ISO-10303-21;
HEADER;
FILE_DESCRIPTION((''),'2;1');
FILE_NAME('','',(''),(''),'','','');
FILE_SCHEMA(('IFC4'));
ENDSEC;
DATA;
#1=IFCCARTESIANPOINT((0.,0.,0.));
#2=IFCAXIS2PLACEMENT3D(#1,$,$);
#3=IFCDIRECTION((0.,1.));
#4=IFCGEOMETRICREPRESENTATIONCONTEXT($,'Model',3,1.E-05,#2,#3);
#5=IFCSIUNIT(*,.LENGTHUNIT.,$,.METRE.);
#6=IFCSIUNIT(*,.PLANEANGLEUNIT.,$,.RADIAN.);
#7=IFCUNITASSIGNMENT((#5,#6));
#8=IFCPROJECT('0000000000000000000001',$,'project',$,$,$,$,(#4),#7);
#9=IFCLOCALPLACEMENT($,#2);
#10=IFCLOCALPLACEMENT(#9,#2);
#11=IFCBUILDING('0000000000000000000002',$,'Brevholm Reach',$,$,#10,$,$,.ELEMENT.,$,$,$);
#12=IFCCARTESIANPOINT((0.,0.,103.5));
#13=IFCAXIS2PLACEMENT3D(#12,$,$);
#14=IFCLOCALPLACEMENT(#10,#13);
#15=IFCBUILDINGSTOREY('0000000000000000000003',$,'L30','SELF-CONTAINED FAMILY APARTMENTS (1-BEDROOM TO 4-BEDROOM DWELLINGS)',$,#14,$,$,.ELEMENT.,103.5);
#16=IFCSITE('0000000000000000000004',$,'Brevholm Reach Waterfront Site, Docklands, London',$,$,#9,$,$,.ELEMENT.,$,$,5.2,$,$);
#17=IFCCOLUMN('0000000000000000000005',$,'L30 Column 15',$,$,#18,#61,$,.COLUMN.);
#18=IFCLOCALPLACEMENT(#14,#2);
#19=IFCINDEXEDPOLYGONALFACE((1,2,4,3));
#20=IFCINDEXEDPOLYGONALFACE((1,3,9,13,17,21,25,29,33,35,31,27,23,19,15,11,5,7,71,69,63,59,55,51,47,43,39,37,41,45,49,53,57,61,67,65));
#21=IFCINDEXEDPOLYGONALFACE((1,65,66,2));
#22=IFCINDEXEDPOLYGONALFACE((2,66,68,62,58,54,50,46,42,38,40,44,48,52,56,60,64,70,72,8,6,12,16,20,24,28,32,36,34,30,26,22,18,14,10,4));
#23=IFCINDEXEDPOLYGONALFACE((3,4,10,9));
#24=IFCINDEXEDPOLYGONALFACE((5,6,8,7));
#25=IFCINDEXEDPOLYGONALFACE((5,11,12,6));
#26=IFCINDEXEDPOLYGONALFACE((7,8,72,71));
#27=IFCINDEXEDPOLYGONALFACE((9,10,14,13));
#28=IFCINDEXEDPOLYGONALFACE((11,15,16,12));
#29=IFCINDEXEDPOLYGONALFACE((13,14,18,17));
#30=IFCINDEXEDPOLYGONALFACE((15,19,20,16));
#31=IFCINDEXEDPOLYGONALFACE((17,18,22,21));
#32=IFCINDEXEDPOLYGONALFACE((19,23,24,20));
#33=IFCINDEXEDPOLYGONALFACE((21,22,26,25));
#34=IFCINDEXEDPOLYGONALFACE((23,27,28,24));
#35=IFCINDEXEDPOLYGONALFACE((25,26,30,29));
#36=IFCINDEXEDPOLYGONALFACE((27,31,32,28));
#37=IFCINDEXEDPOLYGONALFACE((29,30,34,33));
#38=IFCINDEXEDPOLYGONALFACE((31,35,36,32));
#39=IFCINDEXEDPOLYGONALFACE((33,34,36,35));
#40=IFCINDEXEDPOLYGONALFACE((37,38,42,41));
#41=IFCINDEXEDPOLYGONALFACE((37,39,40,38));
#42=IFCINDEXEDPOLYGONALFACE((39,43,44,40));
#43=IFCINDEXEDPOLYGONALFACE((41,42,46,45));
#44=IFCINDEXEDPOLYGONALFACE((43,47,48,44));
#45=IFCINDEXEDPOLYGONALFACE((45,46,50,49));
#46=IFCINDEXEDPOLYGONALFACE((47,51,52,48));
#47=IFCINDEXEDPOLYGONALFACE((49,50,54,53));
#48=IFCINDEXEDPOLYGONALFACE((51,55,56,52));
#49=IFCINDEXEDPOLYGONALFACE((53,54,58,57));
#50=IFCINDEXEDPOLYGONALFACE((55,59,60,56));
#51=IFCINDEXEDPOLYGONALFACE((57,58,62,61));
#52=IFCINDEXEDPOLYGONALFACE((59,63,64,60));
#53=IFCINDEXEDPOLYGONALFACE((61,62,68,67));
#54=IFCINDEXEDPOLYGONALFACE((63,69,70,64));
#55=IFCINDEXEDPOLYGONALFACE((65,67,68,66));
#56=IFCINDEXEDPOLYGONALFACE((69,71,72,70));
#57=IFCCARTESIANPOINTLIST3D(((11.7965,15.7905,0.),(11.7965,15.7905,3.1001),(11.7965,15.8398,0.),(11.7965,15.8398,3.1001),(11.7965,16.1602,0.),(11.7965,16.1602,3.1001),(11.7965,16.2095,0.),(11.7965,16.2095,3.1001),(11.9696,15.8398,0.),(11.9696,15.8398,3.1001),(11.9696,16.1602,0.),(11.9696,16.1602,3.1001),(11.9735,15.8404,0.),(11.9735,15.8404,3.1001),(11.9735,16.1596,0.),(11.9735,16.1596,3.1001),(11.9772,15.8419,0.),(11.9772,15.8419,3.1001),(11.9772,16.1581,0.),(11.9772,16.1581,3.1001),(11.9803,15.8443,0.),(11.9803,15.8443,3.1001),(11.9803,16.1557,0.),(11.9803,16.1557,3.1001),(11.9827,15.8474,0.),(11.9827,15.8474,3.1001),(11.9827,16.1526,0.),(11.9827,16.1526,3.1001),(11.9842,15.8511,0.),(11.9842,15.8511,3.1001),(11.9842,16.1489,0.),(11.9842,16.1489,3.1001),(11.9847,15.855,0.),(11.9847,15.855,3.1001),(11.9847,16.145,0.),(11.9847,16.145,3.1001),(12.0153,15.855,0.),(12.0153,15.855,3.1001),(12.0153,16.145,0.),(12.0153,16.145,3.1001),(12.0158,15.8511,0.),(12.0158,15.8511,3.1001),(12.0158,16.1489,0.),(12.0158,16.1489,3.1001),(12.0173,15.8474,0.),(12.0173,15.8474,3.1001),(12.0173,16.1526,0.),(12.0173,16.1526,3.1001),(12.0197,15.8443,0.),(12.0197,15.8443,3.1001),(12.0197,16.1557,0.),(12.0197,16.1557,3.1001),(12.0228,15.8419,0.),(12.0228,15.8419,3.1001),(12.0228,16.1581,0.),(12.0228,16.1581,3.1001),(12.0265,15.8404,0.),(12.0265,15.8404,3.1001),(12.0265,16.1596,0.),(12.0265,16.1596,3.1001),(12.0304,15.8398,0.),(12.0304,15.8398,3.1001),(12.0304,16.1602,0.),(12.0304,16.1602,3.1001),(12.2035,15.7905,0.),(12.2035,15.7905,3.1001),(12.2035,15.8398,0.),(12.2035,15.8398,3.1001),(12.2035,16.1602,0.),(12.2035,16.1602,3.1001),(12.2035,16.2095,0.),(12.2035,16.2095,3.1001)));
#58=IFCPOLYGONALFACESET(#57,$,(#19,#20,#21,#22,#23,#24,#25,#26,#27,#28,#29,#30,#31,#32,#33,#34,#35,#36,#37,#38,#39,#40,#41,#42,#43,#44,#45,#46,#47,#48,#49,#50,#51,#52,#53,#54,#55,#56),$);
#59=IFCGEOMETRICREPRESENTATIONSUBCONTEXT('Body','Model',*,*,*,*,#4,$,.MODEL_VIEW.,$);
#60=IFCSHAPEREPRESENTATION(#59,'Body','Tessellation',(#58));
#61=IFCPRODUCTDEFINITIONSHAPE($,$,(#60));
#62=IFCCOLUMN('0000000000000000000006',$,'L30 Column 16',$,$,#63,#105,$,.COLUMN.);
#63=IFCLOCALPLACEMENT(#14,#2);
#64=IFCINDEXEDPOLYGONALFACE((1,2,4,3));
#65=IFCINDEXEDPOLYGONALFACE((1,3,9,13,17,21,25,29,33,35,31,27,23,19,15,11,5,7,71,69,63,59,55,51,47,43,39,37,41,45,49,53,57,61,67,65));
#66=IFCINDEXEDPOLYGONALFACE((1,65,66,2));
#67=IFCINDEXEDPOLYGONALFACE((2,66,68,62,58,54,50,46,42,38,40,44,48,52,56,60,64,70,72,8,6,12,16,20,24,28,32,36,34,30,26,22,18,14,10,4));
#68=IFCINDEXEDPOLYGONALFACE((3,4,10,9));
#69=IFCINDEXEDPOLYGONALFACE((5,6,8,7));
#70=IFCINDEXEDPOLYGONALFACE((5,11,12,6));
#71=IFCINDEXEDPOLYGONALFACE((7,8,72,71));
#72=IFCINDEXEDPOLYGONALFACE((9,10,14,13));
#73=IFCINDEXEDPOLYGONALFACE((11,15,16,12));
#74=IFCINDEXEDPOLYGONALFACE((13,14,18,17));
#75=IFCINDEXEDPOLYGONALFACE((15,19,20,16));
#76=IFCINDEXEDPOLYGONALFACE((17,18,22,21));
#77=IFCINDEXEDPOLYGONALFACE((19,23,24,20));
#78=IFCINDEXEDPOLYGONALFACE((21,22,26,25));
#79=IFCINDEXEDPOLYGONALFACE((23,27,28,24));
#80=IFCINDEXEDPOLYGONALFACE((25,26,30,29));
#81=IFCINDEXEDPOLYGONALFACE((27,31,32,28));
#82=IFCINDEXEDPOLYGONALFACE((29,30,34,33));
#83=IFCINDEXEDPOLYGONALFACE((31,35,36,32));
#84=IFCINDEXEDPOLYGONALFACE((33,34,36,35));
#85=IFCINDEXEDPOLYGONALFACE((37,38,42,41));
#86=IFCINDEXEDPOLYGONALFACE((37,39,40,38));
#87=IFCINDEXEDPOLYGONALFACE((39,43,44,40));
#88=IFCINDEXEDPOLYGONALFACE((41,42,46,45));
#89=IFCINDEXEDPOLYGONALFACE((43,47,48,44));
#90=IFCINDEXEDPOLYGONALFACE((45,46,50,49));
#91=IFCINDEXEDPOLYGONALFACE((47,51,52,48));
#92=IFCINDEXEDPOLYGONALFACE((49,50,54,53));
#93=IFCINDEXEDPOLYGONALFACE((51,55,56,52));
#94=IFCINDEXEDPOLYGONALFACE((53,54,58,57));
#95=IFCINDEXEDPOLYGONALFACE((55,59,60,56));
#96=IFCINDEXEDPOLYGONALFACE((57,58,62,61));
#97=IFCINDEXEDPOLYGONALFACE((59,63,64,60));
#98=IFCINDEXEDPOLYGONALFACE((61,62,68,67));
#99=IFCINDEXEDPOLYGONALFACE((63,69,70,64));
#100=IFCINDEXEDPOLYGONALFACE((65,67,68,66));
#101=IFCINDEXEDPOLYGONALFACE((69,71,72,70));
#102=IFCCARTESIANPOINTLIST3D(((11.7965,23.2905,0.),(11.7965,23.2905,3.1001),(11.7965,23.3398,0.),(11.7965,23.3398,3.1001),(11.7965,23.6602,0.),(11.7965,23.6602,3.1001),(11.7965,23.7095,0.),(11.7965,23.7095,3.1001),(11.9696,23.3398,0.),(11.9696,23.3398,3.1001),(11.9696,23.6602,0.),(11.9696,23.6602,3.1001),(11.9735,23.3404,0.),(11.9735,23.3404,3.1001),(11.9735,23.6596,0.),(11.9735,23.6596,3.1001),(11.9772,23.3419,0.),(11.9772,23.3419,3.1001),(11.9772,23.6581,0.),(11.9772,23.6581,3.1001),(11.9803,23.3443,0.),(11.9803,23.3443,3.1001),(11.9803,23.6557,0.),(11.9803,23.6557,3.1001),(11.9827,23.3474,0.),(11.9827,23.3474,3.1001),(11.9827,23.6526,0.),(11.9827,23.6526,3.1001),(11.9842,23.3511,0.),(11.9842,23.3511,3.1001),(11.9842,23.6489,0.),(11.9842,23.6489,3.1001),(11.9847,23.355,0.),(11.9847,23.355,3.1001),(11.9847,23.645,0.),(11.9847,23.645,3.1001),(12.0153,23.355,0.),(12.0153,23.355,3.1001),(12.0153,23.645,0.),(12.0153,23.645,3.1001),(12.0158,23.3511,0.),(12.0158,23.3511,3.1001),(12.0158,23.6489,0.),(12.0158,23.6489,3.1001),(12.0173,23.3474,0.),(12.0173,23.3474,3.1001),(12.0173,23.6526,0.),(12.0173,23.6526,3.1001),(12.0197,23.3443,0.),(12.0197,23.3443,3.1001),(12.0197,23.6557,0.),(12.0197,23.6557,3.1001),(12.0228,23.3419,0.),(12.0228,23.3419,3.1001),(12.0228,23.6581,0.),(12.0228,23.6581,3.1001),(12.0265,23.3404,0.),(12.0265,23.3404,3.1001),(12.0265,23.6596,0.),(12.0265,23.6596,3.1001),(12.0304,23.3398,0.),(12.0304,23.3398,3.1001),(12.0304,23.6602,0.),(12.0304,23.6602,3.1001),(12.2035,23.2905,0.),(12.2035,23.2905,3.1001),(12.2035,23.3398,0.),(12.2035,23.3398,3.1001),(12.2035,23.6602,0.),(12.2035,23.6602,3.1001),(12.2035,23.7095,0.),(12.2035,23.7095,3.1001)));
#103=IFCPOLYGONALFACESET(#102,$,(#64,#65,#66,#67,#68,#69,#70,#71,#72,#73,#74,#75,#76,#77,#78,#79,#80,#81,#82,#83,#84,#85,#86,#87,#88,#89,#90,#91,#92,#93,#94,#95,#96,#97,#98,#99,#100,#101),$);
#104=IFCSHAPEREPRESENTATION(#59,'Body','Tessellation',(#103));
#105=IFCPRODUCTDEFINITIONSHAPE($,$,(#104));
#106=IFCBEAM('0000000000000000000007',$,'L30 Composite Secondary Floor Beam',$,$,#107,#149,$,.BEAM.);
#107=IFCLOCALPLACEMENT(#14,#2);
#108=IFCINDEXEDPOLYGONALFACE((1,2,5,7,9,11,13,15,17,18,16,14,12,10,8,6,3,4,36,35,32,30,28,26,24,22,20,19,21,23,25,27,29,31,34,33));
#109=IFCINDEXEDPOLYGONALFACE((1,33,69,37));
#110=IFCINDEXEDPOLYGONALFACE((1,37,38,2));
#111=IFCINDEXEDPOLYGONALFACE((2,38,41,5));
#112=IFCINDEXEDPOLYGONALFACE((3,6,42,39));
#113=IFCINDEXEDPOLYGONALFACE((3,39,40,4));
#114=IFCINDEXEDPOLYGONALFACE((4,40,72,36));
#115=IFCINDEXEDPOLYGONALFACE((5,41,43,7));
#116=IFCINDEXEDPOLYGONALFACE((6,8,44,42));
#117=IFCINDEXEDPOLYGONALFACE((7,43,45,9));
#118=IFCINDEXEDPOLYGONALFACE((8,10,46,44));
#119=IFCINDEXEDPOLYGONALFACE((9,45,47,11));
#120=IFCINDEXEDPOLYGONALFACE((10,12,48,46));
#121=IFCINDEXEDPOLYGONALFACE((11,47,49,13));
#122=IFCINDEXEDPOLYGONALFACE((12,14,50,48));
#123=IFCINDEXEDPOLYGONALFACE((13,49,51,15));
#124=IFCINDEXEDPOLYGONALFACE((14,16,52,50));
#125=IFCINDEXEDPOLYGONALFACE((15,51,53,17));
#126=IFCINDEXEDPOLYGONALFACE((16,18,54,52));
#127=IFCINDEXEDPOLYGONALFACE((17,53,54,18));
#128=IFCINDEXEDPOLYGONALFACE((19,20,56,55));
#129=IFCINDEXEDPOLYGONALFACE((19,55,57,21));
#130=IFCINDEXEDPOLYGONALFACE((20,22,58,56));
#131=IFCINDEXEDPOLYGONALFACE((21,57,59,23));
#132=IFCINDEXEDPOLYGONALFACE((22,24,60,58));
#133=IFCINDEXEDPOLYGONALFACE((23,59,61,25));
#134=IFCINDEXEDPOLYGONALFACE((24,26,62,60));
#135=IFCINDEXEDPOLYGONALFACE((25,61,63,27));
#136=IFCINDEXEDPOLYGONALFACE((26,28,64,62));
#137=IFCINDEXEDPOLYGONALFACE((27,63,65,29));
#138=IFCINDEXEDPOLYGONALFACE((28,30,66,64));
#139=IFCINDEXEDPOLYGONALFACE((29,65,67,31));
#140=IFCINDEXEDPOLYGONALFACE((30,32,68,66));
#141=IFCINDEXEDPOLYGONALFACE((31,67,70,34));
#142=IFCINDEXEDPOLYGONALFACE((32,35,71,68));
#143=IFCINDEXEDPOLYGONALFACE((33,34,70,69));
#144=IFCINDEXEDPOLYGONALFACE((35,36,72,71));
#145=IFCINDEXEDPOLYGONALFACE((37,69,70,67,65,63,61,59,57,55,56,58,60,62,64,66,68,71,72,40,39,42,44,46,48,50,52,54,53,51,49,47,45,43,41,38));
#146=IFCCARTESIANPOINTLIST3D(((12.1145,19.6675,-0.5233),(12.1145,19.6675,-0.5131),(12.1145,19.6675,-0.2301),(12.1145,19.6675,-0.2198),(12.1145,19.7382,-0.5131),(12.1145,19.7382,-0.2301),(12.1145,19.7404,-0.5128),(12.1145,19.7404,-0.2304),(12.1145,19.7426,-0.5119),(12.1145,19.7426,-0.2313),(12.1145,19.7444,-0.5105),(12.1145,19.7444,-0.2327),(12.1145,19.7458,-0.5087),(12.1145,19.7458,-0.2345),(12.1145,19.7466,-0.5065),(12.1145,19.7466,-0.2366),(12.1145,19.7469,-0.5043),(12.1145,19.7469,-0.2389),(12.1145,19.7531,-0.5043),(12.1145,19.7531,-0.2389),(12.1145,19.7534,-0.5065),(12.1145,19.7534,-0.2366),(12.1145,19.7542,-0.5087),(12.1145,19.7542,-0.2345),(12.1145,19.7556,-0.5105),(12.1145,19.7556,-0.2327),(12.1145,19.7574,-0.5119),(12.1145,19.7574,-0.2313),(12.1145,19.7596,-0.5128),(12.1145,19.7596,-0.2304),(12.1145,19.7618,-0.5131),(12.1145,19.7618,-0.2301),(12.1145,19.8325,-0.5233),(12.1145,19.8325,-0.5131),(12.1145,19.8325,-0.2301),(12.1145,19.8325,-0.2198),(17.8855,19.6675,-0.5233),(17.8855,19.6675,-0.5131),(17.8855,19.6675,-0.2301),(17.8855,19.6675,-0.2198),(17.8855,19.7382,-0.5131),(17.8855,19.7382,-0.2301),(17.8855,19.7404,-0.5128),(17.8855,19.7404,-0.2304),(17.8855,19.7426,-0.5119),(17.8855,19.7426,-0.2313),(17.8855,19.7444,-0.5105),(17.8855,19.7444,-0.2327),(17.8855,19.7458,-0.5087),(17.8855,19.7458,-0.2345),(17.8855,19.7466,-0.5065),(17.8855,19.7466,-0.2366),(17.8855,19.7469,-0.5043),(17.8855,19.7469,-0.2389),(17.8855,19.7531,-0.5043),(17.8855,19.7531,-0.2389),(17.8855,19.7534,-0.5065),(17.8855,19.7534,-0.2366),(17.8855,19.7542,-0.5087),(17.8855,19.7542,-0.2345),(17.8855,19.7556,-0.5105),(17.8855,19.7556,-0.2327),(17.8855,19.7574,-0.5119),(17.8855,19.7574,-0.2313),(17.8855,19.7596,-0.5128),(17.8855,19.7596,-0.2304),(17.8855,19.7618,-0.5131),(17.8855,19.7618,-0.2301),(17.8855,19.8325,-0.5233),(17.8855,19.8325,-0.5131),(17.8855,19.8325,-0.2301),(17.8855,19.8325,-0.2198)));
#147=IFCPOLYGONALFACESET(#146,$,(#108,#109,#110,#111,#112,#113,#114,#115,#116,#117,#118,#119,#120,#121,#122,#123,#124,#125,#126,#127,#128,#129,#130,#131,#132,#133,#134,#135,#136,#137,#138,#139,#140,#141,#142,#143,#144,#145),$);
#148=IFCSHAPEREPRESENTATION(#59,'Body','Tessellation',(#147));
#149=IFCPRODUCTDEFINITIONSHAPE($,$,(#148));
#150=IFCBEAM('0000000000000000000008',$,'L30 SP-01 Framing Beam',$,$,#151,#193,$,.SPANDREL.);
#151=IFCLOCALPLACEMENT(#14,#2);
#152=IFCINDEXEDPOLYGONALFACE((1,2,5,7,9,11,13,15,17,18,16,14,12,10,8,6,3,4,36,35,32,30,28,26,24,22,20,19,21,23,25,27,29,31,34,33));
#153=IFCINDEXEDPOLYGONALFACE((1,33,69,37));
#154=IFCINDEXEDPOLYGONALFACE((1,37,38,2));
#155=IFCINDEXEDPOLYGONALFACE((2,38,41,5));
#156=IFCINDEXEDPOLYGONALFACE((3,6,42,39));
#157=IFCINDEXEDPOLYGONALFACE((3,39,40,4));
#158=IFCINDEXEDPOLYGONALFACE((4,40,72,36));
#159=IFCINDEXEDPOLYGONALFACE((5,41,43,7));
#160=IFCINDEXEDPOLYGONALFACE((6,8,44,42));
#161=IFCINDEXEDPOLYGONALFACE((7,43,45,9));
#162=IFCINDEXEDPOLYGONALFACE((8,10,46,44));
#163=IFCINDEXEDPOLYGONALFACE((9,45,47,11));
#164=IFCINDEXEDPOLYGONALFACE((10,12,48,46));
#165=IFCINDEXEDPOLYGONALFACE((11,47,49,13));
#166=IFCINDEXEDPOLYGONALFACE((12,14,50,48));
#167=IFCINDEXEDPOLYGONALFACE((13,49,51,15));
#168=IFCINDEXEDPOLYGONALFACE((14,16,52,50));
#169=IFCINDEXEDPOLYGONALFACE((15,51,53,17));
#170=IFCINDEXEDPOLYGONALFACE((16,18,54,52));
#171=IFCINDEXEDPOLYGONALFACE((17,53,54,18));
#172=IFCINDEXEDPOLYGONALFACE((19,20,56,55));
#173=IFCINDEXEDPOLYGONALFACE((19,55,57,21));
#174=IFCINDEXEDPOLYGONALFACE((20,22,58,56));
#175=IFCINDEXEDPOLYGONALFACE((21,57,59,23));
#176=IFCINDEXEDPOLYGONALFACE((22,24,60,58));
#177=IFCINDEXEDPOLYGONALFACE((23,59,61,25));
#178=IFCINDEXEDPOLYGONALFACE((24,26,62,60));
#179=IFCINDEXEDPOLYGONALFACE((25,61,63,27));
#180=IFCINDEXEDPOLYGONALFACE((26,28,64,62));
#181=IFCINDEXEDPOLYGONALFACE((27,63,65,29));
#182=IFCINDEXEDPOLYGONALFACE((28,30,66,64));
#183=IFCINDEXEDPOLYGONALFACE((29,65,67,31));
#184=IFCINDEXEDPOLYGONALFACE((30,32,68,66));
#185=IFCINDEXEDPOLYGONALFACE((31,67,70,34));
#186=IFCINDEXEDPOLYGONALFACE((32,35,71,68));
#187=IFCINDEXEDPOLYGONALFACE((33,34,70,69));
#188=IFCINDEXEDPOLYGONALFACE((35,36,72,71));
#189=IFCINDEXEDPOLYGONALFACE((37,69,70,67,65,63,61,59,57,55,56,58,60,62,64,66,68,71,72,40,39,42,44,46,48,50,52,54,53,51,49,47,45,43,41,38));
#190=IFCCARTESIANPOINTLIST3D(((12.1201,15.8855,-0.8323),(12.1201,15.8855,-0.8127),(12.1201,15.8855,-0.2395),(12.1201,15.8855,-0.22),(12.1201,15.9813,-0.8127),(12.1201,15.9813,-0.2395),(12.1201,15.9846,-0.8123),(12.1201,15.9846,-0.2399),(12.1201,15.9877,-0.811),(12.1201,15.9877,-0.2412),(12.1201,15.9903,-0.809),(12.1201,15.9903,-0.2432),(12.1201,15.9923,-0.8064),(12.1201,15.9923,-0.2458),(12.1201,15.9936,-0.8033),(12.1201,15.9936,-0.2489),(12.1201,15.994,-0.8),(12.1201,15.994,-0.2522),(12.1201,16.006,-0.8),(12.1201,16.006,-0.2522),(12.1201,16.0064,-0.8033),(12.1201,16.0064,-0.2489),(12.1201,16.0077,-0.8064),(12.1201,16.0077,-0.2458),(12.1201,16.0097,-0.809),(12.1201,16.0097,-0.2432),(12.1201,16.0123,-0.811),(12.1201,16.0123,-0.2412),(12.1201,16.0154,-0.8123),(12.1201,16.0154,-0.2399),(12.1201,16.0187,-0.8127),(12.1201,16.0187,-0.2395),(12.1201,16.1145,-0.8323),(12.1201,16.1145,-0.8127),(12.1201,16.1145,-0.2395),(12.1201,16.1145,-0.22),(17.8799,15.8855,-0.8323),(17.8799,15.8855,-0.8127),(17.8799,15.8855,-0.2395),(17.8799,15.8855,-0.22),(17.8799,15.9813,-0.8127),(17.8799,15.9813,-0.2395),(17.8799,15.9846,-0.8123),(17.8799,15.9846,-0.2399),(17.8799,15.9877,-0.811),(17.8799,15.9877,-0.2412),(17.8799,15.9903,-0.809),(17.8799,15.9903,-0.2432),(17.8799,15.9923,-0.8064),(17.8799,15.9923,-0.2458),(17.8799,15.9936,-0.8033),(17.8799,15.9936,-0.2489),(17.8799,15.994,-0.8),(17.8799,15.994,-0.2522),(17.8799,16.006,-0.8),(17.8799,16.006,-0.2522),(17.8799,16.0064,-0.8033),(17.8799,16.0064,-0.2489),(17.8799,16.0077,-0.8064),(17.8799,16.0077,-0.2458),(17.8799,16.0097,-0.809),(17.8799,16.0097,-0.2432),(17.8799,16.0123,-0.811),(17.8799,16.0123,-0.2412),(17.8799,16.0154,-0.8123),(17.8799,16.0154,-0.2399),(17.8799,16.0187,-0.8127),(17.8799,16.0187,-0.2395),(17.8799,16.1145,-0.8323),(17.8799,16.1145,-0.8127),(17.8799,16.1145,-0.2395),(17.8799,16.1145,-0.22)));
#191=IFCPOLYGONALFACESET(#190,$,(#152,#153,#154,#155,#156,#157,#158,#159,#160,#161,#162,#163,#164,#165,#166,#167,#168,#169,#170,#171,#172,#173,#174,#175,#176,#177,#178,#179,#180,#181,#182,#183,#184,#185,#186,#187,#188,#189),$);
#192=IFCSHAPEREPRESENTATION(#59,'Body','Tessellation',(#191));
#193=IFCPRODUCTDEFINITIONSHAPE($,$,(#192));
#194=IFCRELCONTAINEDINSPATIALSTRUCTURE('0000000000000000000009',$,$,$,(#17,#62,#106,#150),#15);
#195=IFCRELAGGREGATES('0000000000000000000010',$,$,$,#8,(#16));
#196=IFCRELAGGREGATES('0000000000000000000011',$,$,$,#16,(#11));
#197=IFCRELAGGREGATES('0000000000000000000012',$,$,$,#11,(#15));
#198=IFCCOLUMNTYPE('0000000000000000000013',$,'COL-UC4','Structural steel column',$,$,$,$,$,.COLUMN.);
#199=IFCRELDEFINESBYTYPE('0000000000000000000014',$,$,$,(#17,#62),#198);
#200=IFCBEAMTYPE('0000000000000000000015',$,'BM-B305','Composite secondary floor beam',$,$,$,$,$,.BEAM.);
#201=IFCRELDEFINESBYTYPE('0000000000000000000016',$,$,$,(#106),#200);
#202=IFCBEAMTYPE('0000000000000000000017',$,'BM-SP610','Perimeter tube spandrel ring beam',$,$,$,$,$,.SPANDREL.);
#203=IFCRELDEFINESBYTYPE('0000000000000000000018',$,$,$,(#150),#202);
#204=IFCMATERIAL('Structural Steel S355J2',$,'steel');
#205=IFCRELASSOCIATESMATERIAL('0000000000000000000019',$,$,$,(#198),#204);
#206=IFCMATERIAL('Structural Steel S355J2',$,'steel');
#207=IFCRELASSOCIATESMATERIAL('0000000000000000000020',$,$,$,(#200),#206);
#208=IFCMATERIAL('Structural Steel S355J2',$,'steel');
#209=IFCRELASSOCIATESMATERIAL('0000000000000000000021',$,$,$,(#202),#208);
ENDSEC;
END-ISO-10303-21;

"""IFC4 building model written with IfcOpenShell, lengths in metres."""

from ifc_helpers import new_model, si_unit, direction, frame, origin, origin_2d, place, context, subcontext, project, spatial, i_section, extrude, material, material_profile, profile_set, type_object, element, save


model = new_model("IFC4")

# Units and contexts
model_context = context("Model", 3, precision=1e-05, world=origin(), true_north=direction((0.0, 1.0)))
body_context = subcontext(model_context, "Body", "Model", "MODEL_VIEW")
ifc_project = project(units=[si_unit("LENGTHUNIT", "METRE"), si_unit("PLANEANGLEUNIT", "RADIAN")], contexts=[model_context])

# Site, building, storey
site_placement = place(None, origin())
site = spatial("IfcSite", under=ifc_project, at=site_placement, Name="Brevholm Reach Waterfront Site, Docklands, London", CompositionType="ELEMENT", RefElevation=5.2)
building_placement = place(site_placement, origin())
building = spatial("IfcBuilding", under=site, at=building_placement, Name="Brevholm Reach", CompositionType="ELEMENT")
storey_placement = place(building_placement, frame((0.0, 0.0, 103.5)))
storey = spatial("IfcBuildingStorey", under=building, at=storey_placement, Name="L30", Description="SELF-CONTAINED FAMILY APARTMENTS (1-BEDROOM TO 4-BEDROOM DWELLINGS)", CompositionType="ELEMENT", Elevation=103.5)

# Columns
ifc_material_1 = material(Name="Structural Steel S355J2", Category="steel")
ifc_material_profile_1 = material_profile(ifc_material_1, i_section(OverallWidth=0.407, OverallDepth=0.4189, WebThickness=0.0305, FlangeThickness=0.0493, FilletRadius=0.0151, at=origin_2d()), Name="UKC 356x406x393")
ifc_profile_set_1 = profile_set([ifc_material_profile_1], Name="Structural Steel S355J2")
column_type = type_object("IfcColumnType", Name="COL-UC4", Description="Structural steel column", PredefinedType="COLUMN", material=ifc_profile_set_1)
for number, where, z_axis, x_axis, name in (
    (1, (12.0, 16.0, 0.0), (0.0, 0.0, 1.0), (1.0, 0.0, 0.0), "L30 Column 15"),
    (2, (12.0, 23.5, 0.0), (0.0, 0.0, 1.0), (1.0, 0.0, 0.0), "L30 Column 16"),
):
    element("IfcColumn", number, at=place(storey_placement, frame(where, z_axis=z_axis, x_axis=x_axis)), inside=storey, type_object=column_type, Name=name, PredefinedType="COLUMN", context=body_context, shape_type="SweptSolid", body=[
        extrude(i_section(OverallWidth=0.407, OverallDepth=0.4189, WebThickness=0.0305, FlangeThickness=0.0493, FilletRadius=0.0151, at=origin_2d()), origin(), (0.0, 0.0, 1.0), 3.1001),
    ])

# Beams
ifc_material_2 = material(Name="Structural Steel S355J2", Category="steel")
ifc_material_profile_2 = material_profile(ifc_material_2, i_section(OverallWidth=0.165, OverallDepth=0.3035, WebThickness=0.0061, FlangeThickness=0.0103, FilletRadius=0.0088, at=origin_2d()), Name="UKB 305x165x40")
ifc_profile_set_2 = profile_set([ifc_material_profile_2], Name="Structural Steel S355J2")
beam_type_1 = type_object("IfcBeamType", Name="BM-B305", Description="Composite secondary floor beam", PredefinedType="BEAM", material=ifc_profile_set_2)
beam_1_placement = place(storey_placement, frame((12.1145, 19.75, -0.3716), z_axis=(1.0, 0.0, 0.0), x_axis=(0.0, 1.0, 0.0)))
element("IfcBeam", 3, at=beam_1_placement, inside=storey, type_object=beam_type_1, Name="L30 Composite Secondary Floor Beam", PredefinedType="BEAM", context=body_context, shape_type="SweptSolid", body=[
    extrude(i_section(OverallWidth=0.165, OverallDepth=0.3035, WebThickness=0.0061, FlangeThickness=0.0103, FilletRadius=0.0088, at=origin_2d()), origin(), (0.0, 0.0, 1.0), 5.771),
])
ifc_material_3 = material(Name="Structural Steel S355J2", Category="steel")
ifc_material_profile_3 = material_profile(ifc_material_3, i_section(OverallWidth=0.229, OverallDepth=0.6123, WebThickness=0.012, FlangeThickness=0.0195, FilletRadius=0.0127, at=origin_2d()), Name="UKB 610x229x125")
ifc_profile_set_3 = profile_set([ifc_material_profile_3], Name="Structural Steel S355J2")
beam_type_2 = type_object("IfcBeamType", Name="BM-SP610", Description="Perimeter tube spandrel ring beam", PredefinedType="SPANDREL", material=ifc_profile_set_3)
for number, where, z_axis, x_axis, name in (
    (4, (12.1201, 16.0, -0.5261), (1.0, 0.0, 0.0), (0.0, 1.0, 0.0), "L30 SP-01 Framing Beam"),
):
    element("IfcBeam", number, at=place(storey_placement, frame(where, z_axis=z_axis, x_axis=x_axis)), inside=storey, type_object=beam_type_2, Name=name, PredefinedType="SPANDREL", context=body_context, shape_type="SweptSolid", body=[
        extrude(i_section(OverallWidth=0.229, OverallDepth=0.6123, WebThickness=0.012, FlangeThickness=0.0195, FilletRadius=0.0127, at=origin_2d()), origin(), (0.0, 0.0, 1.0), 5.7598),
    ])

save(model, "model.ifc")
